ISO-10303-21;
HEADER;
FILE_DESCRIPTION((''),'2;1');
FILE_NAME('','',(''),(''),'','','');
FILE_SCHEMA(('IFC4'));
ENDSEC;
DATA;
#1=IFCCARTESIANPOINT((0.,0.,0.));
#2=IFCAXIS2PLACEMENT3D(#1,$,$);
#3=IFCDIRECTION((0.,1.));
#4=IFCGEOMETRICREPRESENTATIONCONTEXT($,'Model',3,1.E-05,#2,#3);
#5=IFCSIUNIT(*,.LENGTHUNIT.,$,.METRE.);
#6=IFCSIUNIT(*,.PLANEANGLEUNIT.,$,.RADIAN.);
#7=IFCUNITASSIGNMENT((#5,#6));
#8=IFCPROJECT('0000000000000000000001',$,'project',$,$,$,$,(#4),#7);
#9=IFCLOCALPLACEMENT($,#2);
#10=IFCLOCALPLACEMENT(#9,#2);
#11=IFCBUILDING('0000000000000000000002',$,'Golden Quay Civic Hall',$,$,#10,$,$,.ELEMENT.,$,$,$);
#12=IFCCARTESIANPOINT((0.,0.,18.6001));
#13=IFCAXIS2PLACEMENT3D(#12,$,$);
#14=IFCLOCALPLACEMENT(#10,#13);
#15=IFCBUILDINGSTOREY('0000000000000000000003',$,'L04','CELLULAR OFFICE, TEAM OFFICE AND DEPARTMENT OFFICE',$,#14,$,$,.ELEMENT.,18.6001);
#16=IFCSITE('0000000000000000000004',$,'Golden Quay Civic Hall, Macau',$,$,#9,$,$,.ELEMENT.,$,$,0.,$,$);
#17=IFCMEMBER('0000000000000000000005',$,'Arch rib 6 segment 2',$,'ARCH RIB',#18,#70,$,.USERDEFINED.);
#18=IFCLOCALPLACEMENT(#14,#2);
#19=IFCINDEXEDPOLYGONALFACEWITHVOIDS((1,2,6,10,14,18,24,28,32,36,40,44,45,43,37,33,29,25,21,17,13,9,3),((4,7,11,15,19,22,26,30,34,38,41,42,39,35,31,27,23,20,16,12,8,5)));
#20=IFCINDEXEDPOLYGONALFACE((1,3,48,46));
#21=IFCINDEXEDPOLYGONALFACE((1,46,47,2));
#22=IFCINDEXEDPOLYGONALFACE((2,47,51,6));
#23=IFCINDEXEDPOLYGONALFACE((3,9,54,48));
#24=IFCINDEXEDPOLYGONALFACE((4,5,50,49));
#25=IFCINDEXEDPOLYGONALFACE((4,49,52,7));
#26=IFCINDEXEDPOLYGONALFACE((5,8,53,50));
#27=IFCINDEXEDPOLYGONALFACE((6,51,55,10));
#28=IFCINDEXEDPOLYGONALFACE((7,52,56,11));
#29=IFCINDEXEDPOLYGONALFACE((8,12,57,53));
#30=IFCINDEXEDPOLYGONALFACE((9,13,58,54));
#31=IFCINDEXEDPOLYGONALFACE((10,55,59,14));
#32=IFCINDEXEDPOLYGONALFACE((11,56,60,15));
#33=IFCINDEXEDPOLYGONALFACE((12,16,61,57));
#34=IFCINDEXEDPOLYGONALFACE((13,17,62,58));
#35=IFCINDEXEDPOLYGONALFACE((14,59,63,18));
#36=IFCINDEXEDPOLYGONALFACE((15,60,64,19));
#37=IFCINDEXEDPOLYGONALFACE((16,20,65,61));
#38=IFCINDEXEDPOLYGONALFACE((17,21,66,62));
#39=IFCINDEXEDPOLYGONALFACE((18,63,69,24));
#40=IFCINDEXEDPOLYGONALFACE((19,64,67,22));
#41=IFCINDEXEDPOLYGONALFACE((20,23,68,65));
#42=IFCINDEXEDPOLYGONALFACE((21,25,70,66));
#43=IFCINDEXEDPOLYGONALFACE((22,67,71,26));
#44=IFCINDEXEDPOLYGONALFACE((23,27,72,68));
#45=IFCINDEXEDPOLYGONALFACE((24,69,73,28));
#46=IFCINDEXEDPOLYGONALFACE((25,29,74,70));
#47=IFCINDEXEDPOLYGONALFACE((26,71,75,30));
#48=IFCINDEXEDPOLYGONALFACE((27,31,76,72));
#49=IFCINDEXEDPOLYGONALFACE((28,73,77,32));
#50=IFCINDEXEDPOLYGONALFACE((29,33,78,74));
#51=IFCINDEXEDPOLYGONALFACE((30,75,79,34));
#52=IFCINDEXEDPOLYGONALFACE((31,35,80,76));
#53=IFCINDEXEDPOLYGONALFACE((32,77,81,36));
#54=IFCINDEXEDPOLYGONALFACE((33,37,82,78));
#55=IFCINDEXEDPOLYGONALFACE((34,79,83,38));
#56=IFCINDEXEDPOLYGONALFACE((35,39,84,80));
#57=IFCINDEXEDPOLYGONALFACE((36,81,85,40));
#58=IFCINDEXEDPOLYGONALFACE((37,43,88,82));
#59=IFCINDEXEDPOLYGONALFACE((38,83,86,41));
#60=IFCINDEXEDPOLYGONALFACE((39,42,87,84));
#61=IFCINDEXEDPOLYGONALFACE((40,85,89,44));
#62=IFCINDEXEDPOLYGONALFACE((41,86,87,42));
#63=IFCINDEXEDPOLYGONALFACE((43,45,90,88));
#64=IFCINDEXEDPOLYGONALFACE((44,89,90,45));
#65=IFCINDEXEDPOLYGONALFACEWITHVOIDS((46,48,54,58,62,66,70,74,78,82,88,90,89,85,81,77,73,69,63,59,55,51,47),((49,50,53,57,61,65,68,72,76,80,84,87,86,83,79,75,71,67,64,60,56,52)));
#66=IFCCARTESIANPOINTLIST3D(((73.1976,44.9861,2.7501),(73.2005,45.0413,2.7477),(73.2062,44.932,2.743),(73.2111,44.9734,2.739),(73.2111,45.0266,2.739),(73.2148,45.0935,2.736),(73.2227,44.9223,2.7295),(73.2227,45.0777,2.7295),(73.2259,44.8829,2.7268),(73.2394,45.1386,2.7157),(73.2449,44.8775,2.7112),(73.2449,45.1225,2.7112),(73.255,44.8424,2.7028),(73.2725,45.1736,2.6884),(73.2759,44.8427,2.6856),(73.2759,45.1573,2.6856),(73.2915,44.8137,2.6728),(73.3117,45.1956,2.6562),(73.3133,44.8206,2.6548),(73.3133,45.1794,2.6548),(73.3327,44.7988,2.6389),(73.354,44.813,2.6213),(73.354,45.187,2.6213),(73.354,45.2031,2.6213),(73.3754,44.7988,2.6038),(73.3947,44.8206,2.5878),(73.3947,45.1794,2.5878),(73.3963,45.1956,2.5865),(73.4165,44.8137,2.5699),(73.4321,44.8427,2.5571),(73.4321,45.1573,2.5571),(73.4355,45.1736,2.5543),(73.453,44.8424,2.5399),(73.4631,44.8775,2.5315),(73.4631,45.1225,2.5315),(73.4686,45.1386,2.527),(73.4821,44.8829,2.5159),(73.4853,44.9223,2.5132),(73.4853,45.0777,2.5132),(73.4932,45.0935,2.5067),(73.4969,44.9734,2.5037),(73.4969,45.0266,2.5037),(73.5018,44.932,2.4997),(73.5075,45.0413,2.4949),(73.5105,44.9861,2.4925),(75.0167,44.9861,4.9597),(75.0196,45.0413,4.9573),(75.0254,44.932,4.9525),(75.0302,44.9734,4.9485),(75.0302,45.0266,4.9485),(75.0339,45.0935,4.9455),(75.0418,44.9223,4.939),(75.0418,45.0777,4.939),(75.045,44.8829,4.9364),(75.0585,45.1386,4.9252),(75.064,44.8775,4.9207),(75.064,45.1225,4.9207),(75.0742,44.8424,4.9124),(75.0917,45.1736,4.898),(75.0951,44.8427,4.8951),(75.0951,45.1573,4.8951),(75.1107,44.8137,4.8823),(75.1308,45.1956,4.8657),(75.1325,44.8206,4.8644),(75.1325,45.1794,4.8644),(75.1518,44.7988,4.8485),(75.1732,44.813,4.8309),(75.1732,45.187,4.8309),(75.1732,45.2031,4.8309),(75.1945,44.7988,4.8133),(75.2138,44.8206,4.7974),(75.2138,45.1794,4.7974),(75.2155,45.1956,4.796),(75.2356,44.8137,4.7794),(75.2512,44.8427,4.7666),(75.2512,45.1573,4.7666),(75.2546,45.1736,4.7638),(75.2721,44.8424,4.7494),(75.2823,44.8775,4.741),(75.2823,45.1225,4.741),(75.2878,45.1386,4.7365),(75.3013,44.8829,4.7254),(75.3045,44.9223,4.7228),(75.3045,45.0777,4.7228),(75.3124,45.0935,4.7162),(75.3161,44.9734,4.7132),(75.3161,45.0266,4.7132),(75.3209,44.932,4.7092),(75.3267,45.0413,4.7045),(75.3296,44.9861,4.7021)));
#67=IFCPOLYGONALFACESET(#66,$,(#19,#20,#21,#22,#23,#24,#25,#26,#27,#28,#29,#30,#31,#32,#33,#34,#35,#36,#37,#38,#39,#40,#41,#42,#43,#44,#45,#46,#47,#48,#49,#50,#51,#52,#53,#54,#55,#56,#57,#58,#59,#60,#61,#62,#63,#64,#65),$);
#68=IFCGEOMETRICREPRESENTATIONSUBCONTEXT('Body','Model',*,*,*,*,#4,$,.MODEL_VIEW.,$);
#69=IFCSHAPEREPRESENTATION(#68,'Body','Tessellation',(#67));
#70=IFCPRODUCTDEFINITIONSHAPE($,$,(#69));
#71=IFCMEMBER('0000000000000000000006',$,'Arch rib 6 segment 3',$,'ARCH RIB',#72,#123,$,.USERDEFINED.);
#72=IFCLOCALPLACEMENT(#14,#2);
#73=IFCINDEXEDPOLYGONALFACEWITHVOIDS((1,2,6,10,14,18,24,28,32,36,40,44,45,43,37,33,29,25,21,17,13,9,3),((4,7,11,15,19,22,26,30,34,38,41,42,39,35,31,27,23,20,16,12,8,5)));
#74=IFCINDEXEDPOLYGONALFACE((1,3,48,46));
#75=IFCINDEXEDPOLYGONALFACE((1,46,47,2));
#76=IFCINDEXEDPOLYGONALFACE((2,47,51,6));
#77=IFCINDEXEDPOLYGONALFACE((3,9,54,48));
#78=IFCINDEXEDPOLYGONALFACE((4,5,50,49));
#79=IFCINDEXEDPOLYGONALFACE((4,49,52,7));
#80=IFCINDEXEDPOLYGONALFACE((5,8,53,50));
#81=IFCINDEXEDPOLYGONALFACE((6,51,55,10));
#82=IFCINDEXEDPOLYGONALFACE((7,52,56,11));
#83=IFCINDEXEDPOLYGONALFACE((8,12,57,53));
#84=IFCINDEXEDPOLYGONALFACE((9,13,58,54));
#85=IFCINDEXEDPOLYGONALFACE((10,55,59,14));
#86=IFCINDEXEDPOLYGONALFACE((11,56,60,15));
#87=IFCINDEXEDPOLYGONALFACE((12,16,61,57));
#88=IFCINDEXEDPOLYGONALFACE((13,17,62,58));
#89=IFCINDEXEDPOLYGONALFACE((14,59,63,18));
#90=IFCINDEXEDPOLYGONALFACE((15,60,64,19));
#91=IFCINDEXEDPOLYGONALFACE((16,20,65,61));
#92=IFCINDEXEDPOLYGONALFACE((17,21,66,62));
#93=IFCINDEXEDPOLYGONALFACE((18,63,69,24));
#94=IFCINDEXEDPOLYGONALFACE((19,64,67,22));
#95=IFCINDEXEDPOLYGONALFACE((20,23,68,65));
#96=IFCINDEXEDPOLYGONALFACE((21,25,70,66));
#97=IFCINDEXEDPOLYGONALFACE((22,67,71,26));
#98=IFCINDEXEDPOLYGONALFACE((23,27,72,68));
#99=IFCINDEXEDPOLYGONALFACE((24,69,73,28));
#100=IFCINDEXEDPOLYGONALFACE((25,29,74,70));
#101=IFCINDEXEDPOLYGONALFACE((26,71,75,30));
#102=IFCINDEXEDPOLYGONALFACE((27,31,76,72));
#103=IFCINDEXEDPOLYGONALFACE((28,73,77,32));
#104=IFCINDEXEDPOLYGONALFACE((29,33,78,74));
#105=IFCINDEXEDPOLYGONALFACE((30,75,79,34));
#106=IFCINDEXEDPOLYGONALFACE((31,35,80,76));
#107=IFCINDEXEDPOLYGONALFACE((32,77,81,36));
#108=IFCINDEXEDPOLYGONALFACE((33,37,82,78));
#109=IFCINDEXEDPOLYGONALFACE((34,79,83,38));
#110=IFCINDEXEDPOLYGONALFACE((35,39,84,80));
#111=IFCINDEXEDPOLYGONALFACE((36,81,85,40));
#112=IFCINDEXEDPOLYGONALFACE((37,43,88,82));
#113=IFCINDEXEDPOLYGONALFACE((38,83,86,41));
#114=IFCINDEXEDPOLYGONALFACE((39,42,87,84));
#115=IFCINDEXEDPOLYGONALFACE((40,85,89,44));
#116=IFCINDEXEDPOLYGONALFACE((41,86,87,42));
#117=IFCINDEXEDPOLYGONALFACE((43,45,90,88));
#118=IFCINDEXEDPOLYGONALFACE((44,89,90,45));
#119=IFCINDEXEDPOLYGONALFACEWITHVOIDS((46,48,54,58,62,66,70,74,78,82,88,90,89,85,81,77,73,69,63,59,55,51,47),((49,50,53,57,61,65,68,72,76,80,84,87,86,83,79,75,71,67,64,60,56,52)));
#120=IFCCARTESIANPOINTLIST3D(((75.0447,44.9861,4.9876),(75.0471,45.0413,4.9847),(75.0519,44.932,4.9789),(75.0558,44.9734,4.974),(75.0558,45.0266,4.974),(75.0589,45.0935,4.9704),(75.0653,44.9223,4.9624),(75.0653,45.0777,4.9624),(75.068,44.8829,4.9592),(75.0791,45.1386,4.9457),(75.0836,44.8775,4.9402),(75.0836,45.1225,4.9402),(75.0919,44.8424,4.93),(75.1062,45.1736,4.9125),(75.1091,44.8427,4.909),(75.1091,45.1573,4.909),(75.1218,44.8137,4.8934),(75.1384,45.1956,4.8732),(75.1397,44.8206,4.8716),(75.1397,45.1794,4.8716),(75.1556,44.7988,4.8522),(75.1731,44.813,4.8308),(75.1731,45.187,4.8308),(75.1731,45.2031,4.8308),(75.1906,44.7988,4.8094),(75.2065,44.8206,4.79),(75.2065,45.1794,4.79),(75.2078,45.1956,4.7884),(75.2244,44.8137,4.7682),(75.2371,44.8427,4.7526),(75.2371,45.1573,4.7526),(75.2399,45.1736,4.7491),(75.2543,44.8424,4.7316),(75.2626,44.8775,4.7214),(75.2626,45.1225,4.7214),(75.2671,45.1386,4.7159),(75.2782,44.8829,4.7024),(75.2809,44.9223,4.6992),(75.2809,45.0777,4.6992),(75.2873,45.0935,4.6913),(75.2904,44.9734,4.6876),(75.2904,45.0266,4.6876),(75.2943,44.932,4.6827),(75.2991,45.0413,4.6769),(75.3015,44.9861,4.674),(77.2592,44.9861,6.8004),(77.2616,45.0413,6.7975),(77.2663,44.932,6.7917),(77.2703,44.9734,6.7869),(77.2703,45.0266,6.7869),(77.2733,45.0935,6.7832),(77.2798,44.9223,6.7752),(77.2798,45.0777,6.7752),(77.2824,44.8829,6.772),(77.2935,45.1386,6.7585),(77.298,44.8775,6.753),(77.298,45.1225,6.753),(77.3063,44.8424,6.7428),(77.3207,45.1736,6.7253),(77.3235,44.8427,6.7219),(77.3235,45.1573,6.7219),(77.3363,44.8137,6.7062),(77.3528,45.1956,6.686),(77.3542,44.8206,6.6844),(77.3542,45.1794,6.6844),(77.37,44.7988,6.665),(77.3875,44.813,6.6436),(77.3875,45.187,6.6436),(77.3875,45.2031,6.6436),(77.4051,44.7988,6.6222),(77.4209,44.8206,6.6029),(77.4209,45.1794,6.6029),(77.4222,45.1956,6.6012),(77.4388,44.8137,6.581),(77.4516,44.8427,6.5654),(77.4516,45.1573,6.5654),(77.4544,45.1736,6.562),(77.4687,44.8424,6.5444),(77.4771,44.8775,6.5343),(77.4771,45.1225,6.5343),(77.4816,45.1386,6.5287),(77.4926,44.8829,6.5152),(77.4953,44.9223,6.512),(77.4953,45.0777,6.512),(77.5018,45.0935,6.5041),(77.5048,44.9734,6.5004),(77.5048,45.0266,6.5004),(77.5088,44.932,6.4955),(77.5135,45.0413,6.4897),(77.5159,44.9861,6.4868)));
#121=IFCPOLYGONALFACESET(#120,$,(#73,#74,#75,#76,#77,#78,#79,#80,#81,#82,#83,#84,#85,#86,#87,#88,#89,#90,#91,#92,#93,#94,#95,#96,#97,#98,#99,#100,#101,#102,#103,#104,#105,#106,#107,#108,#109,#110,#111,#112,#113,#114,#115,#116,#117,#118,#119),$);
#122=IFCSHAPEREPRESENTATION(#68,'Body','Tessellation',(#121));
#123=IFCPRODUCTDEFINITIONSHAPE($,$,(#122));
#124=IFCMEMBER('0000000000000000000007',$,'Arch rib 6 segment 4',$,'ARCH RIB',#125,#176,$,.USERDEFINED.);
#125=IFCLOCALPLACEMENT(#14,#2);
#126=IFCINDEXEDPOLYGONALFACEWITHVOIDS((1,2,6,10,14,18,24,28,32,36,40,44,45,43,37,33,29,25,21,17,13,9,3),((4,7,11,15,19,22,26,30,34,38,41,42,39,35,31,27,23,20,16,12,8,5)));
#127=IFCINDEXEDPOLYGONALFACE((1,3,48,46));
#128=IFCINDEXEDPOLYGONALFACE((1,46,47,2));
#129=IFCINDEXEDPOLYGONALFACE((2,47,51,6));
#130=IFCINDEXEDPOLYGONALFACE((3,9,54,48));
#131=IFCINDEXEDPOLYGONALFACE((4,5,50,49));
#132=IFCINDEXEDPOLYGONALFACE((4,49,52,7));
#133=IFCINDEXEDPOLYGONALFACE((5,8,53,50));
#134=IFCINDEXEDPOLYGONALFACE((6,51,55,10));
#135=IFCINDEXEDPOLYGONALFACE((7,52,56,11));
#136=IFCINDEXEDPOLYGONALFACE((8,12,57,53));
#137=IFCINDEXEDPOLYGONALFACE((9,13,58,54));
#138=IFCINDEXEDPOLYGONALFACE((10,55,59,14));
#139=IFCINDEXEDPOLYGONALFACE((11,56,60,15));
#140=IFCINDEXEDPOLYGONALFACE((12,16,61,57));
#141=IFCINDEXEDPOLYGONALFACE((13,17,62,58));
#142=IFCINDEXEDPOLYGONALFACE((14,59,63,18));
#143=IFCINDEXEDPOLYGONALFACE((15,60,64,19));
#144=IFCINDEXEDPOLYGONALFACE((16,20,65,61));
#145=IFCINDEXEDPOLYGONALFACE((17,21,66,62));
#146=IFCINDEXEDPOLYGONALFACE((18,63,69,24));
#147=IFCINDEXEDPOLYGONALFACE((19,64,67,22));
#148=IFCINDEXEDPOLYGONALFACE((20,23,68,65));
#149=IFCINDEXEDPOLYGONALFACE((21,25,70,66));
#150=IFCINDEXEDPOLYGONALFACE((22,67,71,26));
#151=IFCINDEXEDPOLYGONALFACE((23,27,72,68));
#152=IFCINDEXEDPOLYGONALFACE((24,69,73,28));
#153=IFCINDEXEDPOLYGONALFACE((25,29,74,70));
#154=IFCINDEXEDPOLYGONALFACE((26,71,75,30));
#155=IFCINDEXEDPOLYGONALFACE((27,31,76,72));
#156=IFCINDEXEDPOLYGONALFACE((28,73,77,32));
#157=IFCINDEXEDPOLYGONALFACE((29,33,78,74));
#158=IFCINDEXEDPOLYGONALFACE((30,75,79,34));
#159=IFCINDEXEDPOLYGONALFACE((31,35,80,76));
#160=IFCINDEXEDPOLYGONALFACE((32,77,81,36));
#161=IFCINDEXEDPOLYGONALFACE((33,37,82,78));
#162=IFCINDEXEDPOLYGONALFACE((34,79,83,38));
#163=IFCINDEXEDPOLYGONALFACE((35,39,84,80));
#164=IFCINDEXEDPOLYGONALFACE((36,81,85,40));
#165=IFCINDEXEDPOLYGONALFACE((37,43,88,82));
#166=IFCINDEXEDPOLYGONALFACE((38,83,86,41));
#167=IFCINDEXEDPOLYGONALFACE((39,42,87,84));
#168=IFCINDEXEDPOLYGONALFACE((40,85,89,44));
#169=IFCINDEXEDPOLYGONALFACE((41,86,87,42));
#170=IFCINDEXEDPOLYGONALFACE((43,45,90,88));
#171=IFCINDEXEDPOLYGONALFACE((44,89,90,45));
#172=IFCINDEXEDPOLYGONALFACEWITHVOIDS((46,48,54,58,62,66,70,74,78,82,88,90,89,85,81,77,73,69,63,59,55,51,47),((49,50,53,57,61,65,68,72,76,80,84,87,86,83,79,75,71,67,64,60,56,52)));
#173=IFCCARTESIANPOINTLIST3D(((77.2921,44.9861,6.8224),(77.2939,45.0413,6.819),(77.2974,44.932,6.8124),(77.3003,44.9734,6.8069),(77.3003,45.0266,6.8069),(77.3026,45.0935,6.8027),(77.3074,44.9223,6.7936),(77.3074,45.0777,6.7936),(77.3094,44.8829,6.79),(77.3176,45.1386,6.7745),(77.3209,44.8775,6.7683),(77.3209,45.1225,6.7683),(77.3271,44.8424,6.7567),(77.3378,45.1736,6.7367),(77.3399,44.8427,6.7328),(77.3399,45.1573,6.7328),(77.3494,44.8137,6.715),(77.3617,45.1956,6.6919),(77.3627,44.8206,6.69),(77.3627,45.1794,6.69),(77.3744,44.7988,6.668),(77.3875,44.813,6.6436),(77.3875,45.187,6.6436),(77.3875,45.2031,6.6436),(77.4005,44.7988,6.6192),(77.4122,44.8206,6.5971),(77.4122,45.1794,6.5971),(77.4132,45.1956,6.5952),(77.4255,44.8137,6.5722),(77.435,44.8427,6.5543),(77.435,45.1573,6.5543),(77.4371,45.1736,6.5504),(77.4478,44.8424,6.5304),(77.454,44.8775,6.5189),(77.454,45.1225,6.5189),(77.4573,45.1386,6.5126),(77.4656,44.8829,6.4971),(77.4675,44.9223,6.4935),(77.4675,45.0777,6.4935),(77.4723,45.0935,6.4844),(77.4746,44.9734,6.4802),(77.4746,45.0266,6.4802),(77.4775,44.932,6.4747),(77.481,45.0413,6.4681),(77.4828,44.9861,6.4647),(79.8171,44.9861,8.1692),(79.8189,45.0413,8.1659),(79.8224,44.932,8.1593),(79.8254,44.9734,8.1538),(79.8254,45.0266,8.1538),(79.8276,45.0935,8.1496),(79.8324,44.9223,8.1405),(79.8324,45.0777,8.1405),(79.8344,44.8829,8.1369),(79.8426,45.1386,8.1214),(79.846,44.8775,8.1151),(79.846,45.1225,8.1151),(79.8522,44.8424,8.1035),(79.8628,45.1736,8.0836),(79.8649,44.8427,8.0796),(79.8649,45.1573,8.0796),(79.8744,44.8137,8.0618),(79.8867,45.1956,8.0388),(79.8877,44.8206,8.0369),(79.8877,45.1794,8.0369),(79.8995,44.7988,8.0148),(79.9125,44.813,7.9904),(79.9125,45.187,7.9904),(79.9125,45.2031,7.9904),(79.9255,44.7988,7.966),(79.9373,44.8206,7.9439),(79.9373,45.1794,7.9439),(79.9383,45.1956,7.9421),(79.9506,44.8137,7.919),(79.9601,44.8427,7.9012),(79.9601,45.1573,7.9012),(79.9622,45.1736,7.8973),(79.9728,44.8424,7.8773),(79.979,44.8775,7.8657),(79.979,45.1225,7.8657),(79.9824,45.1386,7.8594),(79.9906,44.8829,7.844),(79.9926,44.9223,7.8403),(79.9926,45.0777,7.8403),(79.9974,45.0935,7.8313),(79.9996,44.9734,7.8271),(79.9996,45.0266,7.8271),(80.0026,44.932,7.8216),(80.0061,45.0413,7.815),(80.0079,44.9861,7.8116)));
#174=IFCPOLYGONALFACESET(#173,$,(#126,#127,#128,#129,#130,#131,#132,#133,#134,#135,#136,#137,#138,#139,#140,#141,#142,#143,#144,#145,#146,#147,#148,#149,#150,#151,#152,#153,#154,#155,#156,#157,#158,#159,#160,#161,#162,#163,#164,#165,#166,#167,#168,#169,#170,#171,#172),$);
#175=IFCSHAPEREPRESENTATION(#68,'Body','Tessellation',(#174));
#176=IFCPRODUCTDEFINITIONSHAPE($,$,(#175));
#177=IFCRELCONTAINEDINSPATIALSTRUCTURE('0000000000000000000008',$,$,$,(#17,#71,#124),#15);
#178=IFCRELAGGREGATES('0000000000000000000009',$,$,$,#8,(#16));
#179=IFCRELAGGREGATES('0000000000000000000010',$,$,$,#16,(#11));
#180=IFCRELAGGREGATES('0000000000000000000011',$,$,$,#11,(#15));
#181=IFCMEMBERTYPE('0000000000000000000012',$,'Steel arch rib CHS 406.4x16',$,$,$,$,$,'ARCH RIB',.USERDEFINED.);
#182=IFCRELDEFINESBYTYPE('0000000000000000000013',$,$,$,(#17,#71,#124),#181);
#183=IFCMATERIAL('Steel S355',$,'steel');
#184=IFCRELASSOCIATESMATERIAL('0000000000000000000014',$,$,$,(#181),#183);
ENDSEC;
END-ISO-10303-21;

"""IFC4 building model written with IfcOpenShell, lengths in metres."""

from ifc_helpers import new_model, si_unit, direction, frame, origin, origin_2d, place, context, subcontext, project, spatial, hollow_circle, extrude, material, material_profile, profile_set, type_object, element, save


model = new_model("IFC4")

# Units and contexts
model_context = context("Model", 3, precision=1e-05, world=origin(), true_north=direction((0.0, 1.0)))
body_context = subcontext(model_context, "Body", "Model", "MODEL_VIEW")
ifc_project = project(units=[si_unit("LENGTHUNIT", "METRE"), si_unit("PLANEANGLEUNIT", "RADIAN")], contexts=[model_context])

# Site, building, storey
site_placement = place(None, origin())
site = spatial("IfcSite", under=ifc_project, at=site_placement, Name="Golden Quay Civic Hall, Macau", CompositionType="ELEMENT", RefElevation=0.0)
building_placement = place(site_placement, origin())
building = spatial("IfcBuilding", under=site, at=building_placement, Name="Golden Quay Civic Hall", CompositionType="ELEMENT")
storey_placement = place(building_placement, frame((0.0, 0.0, 18.6001)))
storey = spatial("IfcBuildingStorey", under=building, at=storey_placement, Name="L04", Description="CELLULAR OFFICE, TEAM OFFICE AND DEPARTMENT OFFICE", CompositionType="ELEMENT", Elevation=18.6001)

# Members
ifc_material_1 = material(Name="Steel S355", Category="steel")
ifc_material_profile_1 = material_profile(ifc_material_1, hollow_circle(Radius=0.2031, WallThickness=0.0161, at=origin_2d()), Name="CHS 406.4x16")
ifc_profile_set_1 = profile_set([ifc_material_profile_1], Name="Steel S355")
member_type_1 = type_object("IfcMemberType", Name="Steel arch rib CHS 406.4x16", ElementType="ARCH RIB", PredefinedType="USERDEFINED", material=ifc_profile_set_1)
member_placement = place(storey_placement, frame((73.354, 45.0, 2.6213), z_axis=(0.635609, 0.0, 0.772011), x_axis=(0.0, 1.0, 0.0)))
element("IfcMember", 1, at=member_placement, inside=storey, type_object=member_type_1, Name="Arch rib 6 segment 2", ObjectType="ARCH RIB", PredefinedType="USERDEFINED", context=body_context, shape_type="SweptSolid", body=[
    extrude(hollow_circle(Radius=0.2031, WallThickness=0.0161, at=origin_2d()), origin(), (0.0, 0.0, 1.0), 2.8621),
])
for number, where, z_axis, x_axis, name in (
    (2, (75.1731, 45.0, 4.8308), (0.773786, 0.0, 0.633447), (0.0, 1.0, 0.0), "Arch rib 6 segment 3"),
    (3, (77.3875, 45.0, 6.6436), (0.882327, 0.0, 0.470637), (0.0, 1.0, 0.0), "Arch rib 6 segment 4"),
):
    element("IfcMember", number, at=place(storey_placement, frame(where, z_axis=z_axis, x_axis=x_axis)), inside=storey, type_object=member_type_1, Name=name, ObjectType="ARCH RIB", PredefinedType="USERDEFINED", context=body_context, shape_type="SweptSolid", body=[
        extrude(hollow_circle(Radius=0.2031, WallThickness=0.0161, at=origin_2d()), origin(), (0.0, 0.0, 1.0), 2.8618),
    ])

save(model, "model.ifc")
